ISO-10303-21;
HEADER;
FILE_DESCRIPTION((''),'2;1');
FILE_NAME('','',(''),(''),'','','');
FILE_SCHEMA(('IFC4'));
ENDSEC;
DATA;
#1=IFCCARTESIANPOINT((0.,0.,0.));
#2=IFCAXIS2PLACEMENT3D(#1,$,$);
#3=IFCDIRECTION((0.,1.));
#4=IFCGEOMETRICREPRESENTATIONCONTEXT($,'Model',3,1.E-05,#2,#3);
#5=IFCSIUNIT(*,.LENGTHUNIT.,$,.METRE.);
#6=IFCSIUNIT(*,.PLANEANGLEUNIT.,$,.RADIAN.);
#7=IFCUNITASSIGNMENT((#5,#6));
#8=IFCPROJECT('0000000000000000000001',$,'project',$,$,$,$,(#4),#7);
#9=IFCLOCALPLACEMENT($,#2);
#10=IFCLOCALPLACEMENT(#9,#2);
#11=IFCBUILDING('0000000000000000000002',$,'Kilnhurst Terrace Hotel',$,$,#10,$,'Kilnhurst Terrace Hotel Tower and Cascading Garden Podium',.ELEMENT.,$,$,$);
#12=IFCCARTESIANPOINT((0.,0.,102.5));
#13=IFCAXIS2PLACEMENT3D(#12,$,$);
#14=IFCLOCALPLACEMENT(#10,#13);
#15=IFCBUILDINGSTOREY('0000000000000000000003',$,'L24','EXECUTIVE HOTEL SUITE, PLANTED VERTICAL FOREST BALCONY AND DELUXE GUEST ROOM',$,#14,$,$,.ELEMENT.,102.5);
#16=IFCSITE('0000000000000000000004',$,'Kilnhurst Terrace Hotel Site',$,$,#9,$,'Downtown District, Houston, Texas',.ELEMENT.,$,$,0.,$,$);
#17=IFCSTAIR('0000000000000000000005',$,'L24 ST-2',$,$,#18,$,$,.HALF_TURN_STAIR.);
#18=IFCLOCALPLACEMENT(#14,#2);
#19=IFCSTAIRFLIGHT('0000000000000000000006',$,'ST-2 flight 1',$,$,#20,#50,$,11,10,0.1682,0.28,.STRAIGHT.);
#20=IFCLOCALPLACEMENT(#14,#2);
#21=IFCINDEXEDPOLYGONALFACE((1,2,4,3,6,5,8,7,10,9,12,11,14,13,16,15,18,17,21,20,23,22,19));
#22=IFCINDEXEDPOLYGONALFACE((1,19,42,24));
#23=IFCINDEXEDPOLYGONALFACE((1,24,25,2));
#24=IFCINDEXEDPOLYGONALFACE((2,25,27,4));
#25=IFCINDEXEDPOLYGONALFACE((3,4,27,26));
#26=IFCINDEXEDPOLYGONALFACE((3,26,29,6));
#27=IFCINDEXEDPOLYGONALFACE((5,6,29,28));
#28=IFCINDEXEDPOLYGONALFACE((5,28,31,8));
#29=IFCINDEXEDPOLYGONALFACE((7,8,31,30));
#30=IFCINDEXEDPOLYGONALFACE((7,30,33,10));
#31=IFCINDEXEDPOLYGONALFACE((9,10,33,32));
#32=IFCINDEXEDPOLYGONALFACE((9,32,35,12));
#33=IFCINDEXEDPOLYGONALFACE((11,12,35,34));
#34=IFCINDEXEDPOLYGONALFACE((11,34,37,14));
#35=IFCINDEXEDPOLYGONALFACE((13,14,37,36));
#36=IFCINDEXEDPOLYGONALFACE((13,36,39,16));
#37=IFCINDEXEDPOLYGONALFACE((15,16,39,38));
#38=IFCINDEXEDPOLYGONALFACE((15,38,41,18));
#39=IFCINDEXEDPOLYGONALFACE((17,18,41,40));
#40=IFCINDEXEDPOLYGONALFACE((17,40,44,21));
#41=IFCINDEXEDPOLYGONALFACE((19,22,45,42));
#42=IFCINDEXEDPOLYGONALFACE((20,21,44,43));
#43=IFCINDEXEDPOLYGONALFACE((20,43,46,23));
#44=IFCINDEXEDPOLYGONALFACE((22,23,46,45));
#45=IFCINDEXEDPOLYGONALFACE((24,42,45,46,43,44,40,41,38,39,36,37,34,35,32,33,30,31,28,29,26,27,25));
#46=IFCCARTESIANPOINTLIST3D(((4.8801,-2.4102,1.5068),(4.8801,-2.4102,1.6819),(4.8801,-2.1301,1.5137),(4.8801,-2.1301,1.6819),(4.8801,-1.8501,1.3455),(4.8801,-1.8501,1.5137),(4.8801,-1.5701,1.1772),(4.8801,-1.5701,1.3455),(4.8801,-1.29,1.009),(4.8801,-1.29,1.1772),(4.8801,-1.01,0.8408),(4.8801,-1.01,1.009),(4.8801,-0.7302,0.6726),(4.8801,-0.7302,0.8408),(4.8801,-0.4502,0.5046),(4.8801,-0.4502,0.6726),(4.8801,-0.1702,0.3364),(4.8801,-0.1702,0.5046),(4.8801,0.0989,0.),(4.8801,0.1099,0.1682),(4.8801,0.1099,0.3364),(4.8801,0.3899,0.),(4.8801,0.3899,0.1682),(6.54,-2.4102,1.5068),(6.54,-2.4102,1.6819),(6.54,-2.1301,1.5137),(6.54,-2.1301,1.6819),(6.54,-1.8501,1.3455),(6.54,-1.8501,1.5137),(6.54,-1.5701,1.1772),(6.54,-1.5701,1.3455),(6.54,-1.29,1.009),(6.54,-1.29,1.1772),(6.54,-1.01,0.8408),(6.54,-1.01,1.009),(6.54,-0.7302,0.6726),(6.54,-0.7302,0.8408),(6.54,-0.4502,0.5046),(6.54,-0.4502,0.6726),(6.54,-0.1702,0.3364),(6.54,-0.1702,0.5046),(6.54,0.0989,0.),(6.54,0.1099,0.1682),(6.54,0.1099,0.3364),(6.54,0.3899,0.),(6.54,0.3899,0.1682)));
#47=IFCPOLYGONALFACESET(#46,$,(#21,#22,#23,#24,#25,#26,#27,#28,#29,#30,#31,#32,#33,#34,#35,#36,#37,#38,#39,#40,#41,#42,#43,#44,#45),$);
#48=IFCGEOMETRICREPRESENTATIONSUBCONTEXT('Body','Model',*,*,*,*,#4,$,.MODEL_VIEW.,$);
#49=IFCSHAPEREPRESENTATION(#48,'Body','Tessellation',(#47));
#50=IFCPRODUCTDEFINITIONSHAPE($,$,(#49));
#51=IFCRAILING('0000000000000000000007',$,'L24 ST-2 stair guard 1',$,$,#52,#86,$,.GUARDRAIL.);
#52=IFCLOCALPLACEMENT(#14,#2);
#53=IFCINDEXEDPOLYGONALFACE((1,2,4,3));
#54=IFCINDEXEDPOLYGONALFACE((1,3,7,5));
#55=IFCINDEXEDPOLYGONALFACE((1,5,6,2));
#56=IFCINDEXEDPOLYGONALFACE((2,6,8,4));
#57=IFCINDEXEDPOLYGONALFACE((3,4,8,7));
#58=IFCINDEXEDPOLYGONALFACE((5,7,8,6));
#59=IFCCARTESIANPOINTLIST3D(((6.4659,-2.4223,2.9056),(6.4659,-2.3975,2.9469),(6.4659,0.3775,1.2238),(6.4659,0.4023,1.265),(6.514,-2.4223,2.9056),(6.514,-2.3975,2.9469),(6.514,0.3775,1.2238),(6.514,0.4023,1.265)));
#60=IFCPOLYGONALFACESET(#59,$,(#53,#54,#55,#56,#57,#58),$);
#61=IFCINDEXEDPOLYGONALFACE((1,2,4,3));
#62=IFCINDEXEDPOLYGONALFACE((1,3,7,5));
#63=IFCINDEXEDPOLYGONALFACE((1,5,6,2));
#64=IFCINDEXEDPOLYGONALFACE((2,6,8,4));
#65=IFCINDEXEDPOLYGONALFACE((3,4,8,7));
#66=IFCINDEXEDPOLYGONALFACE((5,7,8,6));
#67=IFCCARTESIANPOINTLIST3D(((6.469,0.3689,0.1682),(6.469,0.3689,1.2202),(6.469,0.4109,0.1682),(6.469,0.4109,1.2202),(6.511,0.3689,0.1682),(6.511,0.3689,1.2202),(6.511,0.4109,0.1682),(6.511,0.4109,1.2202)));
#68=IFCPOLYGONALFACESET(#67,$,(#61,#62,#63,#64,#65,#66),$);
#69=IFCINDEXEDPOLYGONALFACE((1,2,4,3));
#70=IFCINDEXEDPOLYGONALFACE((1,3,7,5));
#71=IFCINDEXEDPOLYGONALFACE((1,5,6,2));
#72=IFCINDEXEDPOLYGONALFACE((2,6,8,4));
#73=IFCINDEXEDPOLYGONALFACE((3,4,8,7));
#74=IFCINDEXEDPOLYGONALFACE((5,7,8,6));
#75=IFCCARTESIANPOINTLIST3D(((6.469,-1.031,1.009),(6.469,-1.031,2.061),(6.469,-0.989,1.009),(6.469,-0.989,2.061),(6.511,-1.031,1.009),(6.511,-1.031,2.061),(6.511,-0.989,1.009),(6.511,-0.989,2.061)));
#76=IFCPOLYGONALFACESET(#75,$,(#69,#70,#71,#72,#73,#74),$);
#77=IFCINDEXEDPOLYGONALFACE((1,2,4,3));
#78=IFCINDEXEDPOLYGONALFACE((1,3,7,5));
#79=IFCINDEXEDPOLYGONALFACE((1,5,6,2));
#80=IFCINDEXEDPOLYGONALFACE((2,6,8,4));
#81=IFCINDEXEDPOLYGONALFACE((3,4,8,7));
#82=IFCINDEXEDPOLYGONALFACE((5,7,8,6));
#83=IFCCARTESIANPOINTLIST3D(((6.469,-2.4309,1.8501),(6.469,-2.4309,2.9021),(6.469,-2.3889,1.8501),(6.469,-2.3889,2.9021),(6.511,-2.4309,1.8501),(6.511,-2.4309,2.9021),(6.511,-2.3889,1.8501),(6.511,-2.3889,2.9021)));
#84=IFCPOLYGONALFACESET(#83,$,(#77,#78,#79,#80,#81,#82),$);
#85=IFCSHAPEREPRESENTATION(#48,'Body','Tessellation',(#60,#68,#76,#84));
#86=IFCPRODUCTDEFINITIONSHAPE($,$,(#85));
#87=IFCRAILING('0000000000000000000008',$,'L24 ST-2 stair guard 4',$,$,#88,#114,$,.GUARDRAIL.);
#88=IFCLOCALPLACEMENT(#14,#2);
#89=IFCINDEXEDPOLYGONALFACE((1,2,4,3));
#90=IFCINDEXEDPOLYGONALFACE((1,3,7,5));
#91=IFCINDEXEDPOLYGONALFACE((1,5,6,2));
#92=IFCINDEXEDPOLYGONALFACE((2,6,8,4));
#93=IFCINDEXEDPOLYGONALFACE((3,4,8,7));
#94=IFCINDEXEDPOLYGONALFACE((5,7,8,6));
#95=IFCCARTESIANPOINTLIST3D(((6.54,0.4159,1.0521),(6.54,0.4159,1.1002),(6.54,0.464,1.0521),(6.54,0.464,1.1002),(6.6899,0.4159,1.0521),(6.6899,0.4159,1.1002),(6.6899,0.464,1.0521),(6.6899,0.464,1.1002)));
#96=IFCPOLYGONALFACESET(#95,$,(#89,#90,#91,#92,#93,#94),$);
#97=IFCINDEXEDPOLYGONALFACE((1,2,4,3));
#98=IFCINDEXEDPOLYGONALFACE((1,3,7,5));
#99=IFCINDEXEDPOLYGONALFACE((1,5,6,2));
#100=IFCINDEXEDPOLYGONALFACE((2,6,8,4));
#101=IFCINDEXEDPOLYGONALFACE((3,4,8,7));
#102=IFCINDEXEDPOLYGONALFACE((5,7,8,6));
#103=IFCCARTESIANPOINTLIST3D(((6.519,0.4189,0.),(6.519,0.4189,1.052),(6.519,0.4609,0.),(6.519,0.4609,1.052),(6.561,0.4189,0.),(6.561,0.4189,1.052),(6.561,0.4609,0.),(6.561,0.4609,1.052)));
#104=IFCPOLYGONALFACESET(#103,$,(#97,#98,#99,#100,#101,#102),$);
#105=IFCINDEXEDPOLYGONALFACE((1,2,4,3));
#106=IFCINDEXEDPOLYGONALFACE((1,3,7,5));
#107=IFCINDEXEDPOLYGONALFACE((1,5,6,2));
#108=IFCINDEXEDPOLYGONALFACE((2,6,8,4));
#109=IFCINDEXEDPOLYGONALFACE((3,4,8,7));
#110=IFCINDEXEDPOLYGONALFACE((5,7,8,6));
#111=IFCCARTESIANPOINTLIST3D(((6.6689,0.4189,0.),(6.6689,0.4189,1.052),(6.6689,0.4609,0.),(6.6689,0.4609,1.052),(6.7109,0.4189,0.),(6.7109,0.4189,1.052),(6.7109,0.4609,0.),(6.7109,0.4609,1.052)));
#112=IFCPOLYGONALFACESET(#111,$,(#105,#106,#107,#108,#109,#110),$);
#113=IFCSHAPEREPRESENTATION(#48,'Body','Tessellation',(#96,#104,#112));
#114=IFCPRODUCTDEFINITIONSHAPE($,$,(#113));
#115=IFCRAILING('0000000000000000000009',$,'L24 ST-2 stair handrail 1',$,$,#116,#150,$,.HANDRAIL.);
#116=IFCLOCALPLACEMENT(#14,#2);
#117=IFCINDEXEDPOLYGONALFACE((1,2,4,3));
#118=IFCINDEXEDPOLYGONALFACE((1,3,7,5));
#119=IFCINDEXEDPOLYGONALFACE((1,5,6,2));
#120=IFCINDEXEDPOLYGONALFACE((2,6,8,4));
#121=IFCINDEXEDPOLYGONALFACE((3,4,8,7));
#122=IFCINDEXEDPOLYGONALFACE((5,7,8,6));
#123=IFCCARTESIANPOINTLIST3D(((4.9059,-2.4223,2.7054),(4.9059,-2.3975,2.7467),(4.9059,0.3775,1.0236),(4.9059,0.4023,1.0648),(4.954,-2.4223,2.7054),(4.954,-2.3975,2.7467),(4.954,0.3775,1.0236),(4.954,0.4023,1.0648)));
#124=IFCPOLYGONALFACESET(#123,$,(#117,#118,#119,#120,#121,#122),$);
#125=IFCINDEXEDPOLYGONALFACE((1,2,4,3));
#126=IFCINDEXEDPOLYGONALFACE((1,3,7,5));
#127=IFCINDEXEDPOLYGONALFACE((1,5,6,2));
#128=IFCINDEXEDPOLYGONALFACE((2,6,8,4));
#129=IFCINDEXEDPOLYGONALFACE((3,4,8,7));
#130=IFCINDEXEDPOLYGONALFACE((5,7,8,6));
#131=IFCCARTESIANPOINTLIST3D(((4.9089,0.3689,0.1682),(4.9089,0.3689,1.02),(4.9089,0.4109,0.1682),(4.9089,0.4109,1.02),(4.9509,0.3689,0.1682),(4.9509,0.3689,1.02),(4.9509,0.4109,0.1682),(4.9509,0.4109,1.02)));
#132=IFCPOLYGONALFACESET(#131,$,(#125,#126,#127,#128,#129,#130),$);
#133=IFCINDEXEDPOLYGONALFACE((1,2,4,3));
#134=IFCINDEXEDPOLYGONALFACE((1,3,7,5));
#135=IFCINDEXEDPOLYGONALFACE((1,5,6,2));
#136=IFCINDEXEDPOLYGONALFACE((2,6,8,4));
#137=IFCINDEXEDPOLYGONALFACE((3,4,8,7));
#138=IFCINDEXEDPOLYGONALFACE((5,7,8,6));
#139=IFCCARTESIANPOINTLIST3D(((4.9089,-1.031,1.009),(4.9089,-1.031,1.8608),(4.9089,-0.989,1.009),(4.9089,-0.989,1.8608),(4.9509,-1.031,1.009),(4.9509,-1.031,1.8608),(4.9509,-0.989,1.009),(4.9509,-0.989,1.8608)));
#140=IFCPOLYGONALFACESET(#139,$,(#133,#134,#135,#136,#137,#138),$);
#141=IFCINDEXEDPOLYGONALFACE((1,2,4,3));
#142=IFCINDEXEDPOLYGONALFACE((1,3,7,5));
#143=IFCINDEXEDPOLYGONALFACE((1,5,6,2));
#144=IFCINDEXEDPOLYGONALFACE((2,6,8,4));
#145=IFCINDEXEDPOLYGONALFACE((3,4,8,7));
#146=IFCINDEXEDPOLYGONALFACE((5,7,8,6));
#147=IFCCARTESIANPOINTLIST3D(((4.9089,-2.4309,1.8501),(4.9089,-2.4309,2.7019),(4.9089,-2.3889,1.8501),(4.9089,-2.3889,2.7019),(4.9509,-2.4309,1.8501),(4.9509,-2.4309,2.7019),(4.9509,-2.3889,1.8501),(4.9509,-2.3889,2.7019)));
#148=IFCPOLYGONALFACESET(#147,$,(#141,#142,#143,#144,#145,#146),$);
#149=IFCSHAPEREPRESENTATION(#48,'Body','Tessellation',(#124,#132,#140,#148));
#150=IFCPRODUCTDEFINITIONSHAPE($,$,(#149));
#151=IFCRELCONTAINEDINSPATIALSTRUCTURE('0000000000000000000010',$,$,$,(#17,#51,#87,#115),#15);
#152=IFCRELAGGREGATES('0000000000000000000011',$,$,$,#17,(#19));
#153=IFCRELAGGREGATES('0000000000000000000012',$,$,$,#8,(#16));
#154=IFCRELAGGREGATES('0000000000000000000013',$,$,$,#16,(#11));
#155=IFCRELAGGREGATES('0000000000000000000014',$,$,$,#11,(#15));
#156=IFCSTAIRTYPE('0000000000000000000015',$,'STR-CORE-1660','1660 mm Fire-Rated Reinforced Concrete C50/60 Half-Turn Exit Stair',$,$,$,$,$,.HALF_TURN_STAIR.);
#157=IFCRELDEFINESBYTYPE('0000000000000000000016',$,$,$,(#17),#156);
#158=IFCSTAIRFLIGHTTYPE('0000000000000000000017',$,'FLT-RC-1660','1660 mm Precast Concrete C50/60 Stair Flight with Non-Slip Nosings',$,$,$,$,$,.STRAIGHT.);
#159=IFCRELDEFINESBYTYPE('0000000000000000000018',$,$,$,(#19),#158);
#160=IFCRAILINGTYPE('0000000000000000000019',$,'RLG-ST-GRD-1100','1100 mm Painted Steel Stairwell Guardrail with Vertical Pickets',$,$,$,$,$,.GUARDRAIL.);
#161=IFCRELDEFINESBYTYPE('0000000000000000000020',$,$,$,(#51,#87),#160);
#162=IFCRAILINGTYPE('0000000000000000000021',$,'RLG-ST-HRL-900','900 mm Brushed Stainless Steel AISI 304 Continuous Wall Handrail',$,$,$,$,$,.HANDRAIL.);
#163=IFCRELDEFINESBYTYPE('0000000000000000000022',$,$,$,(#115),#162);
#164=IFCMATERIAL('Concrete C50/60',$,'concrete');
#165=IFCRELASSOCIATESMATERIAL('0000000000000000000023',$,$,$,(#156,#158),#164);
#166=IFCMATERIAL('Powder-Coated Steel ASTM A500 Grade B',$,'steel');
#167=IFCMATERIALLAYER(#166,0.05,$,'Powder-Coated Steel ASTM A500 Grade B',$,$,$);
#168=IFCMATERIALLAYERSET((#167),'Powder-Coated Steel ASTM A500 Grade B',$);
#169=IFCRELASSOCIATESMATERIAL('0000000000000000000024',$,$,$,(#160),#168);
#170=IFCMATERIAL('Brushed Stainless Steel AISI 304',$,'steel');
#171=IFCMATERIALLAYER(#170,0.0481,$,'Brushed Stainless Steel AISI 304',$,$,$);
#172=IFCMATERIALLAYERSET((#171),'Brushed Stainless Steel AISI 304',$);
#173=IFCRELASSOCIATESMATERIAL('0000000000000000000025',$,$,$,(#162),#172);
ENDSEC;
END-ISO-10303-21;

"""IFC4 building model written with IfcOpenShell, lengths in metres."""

from ifc_helpers import new_model, si_unit, direction, frame, origin, origin_2d, place, context, subcontext, project, spatial, polyline, rectangle, outline, extrude, material, layer, layer_set, type_object, element, aggregate, save


model = new_model("IFC4")

# Units and contexts
model_context = context("Model", 3, precision=1e-05, world=origin(), true_north=direction((0.0, 1.0)))
body_context = subcontext(model_context, "Body", "Model", "MODEL_VIEW")
ifc_project = project(units=[si_unit("LENGTHUNIT", "METRE"), si_unit("PLANEANGLEUNIT", "RADIAN")], contexts=[model_context])

# Site, building, storey
site_placement = place(None, origin())
site = spatial("IfcSite", under=ifc_project, at=site_placement, Name="Kilnhurst Terrace Hotel Site", LongName="Downtown District, Houston, Texas", CompositionType="ELEMENT", RefElevation=0.0)
building_placement = place(site_placement, origin())
building = spatial("IfcBuilding", under=site, at=building_placement, Name="Kilnhurst Terrace Hotel", LongName="Kilnhurst Terrace Hotel Tower and Cascading Garden Podium", CompositionType="ELEMENT")
storey_placement = place(building_placement, frame((0.0, 0.0, 102.5)))
storey = spatial("IfcBuildingStorey", under=building, at=storey_placement, Name="L24", Description="EXECUTIVE HOTEL SUITE, PLANTED VERTICAL FOREST BALCONY AND DELUXE GUEST ROOM", CompositionType="ELEMENT", Elevation=102.5)

# Shared definitions
ifc_material_1 = material(Name="Concrete C50/60", Category="concrete")

# Stair, stair flight
stair_type = type_object("IfcStairType", Name="STR-CORE-1660", Description="1660 mm Fire-Rated Reinforced Concrete C50/60 Half-Turn Exit Stair", PredefinedType="HALF_TURN_STAIR", material=ifc_material_1)
stair_placement = place(storey_placement, origin())
stair = element("IfcStair", 1, at=stair_placement, inside=storey, type_object=stair_type, Name="L24 ST-2", PredefinedType="HALF_TURN_STAIR")
stair_flight_type = type_object("IfcStairFlightType", Name="FLT-RC-1660", Description="1660 mm Precast Concrete C50/60 Stair Flight with Non-Slip Nosings", PredefinedType="STRAIGHT", material=ifc_material_1)
stair_flight_placement = place(storey_placement, frame((5.71, 0.3899, 0.0), z_axis=(0.0, 0.0, 1.0), x_axis=(0.0, -1.0, 0.0)))
stair_flight = element("IfcStairFlight", 2, at=stair_flight_placement, type_object=stair_flight_type, Name="ST-2 flight 1", NumberOfRisers=11, NumberOfTreads=10, PredefinedType="STRAIGHT", RiserHeight=0.1682, TreadLength=0.28, context=body_context, shape_type="SweptSolid", body=[
    extrude(outline(polyline([(0.0, 0.0), (0.0, 0.1682), (0.28, 0.1682), (0.28, 0.3364), (0.5601, 0.3364), (0.5601, 0.5046), (0.8401, 0.5046), (0.8401, 0.6726), (1.1201, 0.6726), (1.1201, 0.8408), (1.3999, 0.8408), (1.3999, 1.009), (1.6799, 1.009), (1.6799, 1.1772), (1.96, 1.1772), (1.96, 1.3455), (2.24, 1.3455), (2.24, 1.5137), (2.52, 1.5137), (2.52, 1.6819), (2.8, 1.6819), (2.8, 1.8501), (2.8, 1.5068), (0.291, 0.0), (0.0, 0.0)])), frame((0.0, 0.8301, 0.0), z_axis=(0.0, -1.0, 0.0), x_axis=(1.0, 0.0, 0.0)), (0.0, 0.0, 1.0), 1.6599),
])
aggregate(stair, [stair_flight])

# Railings
ifc_material_2 = material(Name="Powder-Coated Steel ASTM A500 Grade B", Category="steel")
ifc_layer_1 = layer(ifc_material_2, 0.05, Name="Powder-Coated Steel ASTM A500 Grade B")
ifc_layer_set_1 = layer_set([ifc_layer_1], Name="Powder-Coated Steel ASTM A500 Grade B")
railing_type_1 = type_object("IfcRailingType", Name="RLG-ST-GRD-1100", Description="1100 mm Painted Steel Stairwell Guardrail with Vertical Pickets", PredefinedType="GUARDRAIL", material=ifc_layer_set_1)
railing_1_placement = place(storey_placement, frame((6.49, 0.3899, 0.1682)))
element("IfcRailing", 3, at=railing_1_placement, inside=storey, type_object=railing_type_1, Name="L24 ST-2 stair guard 1", PredefinedType="GUARDRAIL", context=body_context, shape_type="SweptSolid", body=[
    extrude(rectangle(XDim=0.0481, YDim=0.0481, at=origin_2d()), frame((0.0, 0.0, 1.0762), z_axis=(0.0, -0.857222, 0.514946), x_axis=(1.0, 0.0, 0.0)), (0.0, 0.0, 1.0), 3.2661),
    extrude(rectangle(XDim=0.042, YDim=0.042, at=origin_2d()), origin(), (0.0, 0.0, 1.0), 1.052),
    extrude(rectangle(XDim=0.042, YDim=0.042, at=origin_2d()), frame((0.0, -1.3999, 0.8408)), (0.0, 0.0, 1.0), 1.052),
    extrude(rectangle(XDim=0.042, YDim=0.042, at=origin_2d()), frame((0.0, -2.7998, 1.6819)), (0.0, 0.0, 1.0), 1.052),
])
railing_2_placement = place(storey_placement, frame((6.54, 0.4399, 0.0)))
element("IfcRailing", 4, at=railing_2_placement, inside=storey, type_object=railing_type_1, Name="L24 ST-2 stair guard 4", PredefinedType="GUARDRAIL", context=body_context, shape_type="SweptSolid", body=[
    extrude(rectangle(XDim=0.0481, YDim=0.0481, at=origin_2d()), frame((0.0, 0.0, 1.0762), z_axis=(1.0, 0.0, 0.0), x_axis=(0.0, 1.0, 0.0)), (0.0, 0.0, 1.0), 0.1499),
    extrude(rectangle(XDim=0.042, YDim=0.042, at=origin_2d()), origin(), (0.0, 0.0, 1.0), 1.052),
    extrude(rectangle(XDim=0.042, YDim=0.042, at=origin_2d()), frame((0.1499, 0.0, 0.0)), (0.0, 0.0, 1.0), 1.052),
])
ifc_material_3 = material(Name="Brushed Stainless Steel AISI 304", Category="steel")
ifc_layer_2 = layer(ifc_material_3, 0.0481, Name="Brushed Stainless Steel AISI 304")
ifc_layer_set_2 = layer_set([ifc_layer_2], Name="Brushed Stainless Steel AISI 304")
railing_type_2 = type_object("IfcRailingType", Name="RLG-ST-HRL-900", Description="900 mm Brushed Stainless Steel AISI 304 Continuous Wall Handrail", PredefinedType="HANDRAIL", material=ifc_layer_set_2)
railing_3_placement = place(storey_placement, frame((4.9299, 0.3899, 0.1682)))
element("IfcRailing", 5, at=railing_3_placement, inside=storey, type_object=railing_type_2, Name="L24 ST-2 stair handrail 1", PredefinedType="HANDRAIL", context=body_context, shape_type="SweptSolid", body=[
    extrude(rectangle(XDim=0.0481, YDim=0.0481, at=origin_2d()), frame((0.0, 0.0, 0.876), z_axis=(0.0, -0.857222, 0.514946), x_axis=(1.0, 0.0, 0.0)), (0.0, 0.0, 1.0), 3.2661),
    extrude(rectangle(XDim=0.042, YDim=0.042, at=origin_2d()), origin(), (0.0, 0.0, 1.0), 0.8518),
    extrude(rectangle(XDim=0.042, YDim=0.042, at=origin_2d()), frame((0.0, -1.3999, 0.8408)), (0.0, 0.0, 1.0), 0.8518),
    extrude(rectangle(XDim=0.042, YDim=0.042, at=origin_2d()), frame((0.0, -2.7998, 1.6819)), (0.0, 0.0, 1.0), 0.8518),
])

save(model, "model.ifc")
